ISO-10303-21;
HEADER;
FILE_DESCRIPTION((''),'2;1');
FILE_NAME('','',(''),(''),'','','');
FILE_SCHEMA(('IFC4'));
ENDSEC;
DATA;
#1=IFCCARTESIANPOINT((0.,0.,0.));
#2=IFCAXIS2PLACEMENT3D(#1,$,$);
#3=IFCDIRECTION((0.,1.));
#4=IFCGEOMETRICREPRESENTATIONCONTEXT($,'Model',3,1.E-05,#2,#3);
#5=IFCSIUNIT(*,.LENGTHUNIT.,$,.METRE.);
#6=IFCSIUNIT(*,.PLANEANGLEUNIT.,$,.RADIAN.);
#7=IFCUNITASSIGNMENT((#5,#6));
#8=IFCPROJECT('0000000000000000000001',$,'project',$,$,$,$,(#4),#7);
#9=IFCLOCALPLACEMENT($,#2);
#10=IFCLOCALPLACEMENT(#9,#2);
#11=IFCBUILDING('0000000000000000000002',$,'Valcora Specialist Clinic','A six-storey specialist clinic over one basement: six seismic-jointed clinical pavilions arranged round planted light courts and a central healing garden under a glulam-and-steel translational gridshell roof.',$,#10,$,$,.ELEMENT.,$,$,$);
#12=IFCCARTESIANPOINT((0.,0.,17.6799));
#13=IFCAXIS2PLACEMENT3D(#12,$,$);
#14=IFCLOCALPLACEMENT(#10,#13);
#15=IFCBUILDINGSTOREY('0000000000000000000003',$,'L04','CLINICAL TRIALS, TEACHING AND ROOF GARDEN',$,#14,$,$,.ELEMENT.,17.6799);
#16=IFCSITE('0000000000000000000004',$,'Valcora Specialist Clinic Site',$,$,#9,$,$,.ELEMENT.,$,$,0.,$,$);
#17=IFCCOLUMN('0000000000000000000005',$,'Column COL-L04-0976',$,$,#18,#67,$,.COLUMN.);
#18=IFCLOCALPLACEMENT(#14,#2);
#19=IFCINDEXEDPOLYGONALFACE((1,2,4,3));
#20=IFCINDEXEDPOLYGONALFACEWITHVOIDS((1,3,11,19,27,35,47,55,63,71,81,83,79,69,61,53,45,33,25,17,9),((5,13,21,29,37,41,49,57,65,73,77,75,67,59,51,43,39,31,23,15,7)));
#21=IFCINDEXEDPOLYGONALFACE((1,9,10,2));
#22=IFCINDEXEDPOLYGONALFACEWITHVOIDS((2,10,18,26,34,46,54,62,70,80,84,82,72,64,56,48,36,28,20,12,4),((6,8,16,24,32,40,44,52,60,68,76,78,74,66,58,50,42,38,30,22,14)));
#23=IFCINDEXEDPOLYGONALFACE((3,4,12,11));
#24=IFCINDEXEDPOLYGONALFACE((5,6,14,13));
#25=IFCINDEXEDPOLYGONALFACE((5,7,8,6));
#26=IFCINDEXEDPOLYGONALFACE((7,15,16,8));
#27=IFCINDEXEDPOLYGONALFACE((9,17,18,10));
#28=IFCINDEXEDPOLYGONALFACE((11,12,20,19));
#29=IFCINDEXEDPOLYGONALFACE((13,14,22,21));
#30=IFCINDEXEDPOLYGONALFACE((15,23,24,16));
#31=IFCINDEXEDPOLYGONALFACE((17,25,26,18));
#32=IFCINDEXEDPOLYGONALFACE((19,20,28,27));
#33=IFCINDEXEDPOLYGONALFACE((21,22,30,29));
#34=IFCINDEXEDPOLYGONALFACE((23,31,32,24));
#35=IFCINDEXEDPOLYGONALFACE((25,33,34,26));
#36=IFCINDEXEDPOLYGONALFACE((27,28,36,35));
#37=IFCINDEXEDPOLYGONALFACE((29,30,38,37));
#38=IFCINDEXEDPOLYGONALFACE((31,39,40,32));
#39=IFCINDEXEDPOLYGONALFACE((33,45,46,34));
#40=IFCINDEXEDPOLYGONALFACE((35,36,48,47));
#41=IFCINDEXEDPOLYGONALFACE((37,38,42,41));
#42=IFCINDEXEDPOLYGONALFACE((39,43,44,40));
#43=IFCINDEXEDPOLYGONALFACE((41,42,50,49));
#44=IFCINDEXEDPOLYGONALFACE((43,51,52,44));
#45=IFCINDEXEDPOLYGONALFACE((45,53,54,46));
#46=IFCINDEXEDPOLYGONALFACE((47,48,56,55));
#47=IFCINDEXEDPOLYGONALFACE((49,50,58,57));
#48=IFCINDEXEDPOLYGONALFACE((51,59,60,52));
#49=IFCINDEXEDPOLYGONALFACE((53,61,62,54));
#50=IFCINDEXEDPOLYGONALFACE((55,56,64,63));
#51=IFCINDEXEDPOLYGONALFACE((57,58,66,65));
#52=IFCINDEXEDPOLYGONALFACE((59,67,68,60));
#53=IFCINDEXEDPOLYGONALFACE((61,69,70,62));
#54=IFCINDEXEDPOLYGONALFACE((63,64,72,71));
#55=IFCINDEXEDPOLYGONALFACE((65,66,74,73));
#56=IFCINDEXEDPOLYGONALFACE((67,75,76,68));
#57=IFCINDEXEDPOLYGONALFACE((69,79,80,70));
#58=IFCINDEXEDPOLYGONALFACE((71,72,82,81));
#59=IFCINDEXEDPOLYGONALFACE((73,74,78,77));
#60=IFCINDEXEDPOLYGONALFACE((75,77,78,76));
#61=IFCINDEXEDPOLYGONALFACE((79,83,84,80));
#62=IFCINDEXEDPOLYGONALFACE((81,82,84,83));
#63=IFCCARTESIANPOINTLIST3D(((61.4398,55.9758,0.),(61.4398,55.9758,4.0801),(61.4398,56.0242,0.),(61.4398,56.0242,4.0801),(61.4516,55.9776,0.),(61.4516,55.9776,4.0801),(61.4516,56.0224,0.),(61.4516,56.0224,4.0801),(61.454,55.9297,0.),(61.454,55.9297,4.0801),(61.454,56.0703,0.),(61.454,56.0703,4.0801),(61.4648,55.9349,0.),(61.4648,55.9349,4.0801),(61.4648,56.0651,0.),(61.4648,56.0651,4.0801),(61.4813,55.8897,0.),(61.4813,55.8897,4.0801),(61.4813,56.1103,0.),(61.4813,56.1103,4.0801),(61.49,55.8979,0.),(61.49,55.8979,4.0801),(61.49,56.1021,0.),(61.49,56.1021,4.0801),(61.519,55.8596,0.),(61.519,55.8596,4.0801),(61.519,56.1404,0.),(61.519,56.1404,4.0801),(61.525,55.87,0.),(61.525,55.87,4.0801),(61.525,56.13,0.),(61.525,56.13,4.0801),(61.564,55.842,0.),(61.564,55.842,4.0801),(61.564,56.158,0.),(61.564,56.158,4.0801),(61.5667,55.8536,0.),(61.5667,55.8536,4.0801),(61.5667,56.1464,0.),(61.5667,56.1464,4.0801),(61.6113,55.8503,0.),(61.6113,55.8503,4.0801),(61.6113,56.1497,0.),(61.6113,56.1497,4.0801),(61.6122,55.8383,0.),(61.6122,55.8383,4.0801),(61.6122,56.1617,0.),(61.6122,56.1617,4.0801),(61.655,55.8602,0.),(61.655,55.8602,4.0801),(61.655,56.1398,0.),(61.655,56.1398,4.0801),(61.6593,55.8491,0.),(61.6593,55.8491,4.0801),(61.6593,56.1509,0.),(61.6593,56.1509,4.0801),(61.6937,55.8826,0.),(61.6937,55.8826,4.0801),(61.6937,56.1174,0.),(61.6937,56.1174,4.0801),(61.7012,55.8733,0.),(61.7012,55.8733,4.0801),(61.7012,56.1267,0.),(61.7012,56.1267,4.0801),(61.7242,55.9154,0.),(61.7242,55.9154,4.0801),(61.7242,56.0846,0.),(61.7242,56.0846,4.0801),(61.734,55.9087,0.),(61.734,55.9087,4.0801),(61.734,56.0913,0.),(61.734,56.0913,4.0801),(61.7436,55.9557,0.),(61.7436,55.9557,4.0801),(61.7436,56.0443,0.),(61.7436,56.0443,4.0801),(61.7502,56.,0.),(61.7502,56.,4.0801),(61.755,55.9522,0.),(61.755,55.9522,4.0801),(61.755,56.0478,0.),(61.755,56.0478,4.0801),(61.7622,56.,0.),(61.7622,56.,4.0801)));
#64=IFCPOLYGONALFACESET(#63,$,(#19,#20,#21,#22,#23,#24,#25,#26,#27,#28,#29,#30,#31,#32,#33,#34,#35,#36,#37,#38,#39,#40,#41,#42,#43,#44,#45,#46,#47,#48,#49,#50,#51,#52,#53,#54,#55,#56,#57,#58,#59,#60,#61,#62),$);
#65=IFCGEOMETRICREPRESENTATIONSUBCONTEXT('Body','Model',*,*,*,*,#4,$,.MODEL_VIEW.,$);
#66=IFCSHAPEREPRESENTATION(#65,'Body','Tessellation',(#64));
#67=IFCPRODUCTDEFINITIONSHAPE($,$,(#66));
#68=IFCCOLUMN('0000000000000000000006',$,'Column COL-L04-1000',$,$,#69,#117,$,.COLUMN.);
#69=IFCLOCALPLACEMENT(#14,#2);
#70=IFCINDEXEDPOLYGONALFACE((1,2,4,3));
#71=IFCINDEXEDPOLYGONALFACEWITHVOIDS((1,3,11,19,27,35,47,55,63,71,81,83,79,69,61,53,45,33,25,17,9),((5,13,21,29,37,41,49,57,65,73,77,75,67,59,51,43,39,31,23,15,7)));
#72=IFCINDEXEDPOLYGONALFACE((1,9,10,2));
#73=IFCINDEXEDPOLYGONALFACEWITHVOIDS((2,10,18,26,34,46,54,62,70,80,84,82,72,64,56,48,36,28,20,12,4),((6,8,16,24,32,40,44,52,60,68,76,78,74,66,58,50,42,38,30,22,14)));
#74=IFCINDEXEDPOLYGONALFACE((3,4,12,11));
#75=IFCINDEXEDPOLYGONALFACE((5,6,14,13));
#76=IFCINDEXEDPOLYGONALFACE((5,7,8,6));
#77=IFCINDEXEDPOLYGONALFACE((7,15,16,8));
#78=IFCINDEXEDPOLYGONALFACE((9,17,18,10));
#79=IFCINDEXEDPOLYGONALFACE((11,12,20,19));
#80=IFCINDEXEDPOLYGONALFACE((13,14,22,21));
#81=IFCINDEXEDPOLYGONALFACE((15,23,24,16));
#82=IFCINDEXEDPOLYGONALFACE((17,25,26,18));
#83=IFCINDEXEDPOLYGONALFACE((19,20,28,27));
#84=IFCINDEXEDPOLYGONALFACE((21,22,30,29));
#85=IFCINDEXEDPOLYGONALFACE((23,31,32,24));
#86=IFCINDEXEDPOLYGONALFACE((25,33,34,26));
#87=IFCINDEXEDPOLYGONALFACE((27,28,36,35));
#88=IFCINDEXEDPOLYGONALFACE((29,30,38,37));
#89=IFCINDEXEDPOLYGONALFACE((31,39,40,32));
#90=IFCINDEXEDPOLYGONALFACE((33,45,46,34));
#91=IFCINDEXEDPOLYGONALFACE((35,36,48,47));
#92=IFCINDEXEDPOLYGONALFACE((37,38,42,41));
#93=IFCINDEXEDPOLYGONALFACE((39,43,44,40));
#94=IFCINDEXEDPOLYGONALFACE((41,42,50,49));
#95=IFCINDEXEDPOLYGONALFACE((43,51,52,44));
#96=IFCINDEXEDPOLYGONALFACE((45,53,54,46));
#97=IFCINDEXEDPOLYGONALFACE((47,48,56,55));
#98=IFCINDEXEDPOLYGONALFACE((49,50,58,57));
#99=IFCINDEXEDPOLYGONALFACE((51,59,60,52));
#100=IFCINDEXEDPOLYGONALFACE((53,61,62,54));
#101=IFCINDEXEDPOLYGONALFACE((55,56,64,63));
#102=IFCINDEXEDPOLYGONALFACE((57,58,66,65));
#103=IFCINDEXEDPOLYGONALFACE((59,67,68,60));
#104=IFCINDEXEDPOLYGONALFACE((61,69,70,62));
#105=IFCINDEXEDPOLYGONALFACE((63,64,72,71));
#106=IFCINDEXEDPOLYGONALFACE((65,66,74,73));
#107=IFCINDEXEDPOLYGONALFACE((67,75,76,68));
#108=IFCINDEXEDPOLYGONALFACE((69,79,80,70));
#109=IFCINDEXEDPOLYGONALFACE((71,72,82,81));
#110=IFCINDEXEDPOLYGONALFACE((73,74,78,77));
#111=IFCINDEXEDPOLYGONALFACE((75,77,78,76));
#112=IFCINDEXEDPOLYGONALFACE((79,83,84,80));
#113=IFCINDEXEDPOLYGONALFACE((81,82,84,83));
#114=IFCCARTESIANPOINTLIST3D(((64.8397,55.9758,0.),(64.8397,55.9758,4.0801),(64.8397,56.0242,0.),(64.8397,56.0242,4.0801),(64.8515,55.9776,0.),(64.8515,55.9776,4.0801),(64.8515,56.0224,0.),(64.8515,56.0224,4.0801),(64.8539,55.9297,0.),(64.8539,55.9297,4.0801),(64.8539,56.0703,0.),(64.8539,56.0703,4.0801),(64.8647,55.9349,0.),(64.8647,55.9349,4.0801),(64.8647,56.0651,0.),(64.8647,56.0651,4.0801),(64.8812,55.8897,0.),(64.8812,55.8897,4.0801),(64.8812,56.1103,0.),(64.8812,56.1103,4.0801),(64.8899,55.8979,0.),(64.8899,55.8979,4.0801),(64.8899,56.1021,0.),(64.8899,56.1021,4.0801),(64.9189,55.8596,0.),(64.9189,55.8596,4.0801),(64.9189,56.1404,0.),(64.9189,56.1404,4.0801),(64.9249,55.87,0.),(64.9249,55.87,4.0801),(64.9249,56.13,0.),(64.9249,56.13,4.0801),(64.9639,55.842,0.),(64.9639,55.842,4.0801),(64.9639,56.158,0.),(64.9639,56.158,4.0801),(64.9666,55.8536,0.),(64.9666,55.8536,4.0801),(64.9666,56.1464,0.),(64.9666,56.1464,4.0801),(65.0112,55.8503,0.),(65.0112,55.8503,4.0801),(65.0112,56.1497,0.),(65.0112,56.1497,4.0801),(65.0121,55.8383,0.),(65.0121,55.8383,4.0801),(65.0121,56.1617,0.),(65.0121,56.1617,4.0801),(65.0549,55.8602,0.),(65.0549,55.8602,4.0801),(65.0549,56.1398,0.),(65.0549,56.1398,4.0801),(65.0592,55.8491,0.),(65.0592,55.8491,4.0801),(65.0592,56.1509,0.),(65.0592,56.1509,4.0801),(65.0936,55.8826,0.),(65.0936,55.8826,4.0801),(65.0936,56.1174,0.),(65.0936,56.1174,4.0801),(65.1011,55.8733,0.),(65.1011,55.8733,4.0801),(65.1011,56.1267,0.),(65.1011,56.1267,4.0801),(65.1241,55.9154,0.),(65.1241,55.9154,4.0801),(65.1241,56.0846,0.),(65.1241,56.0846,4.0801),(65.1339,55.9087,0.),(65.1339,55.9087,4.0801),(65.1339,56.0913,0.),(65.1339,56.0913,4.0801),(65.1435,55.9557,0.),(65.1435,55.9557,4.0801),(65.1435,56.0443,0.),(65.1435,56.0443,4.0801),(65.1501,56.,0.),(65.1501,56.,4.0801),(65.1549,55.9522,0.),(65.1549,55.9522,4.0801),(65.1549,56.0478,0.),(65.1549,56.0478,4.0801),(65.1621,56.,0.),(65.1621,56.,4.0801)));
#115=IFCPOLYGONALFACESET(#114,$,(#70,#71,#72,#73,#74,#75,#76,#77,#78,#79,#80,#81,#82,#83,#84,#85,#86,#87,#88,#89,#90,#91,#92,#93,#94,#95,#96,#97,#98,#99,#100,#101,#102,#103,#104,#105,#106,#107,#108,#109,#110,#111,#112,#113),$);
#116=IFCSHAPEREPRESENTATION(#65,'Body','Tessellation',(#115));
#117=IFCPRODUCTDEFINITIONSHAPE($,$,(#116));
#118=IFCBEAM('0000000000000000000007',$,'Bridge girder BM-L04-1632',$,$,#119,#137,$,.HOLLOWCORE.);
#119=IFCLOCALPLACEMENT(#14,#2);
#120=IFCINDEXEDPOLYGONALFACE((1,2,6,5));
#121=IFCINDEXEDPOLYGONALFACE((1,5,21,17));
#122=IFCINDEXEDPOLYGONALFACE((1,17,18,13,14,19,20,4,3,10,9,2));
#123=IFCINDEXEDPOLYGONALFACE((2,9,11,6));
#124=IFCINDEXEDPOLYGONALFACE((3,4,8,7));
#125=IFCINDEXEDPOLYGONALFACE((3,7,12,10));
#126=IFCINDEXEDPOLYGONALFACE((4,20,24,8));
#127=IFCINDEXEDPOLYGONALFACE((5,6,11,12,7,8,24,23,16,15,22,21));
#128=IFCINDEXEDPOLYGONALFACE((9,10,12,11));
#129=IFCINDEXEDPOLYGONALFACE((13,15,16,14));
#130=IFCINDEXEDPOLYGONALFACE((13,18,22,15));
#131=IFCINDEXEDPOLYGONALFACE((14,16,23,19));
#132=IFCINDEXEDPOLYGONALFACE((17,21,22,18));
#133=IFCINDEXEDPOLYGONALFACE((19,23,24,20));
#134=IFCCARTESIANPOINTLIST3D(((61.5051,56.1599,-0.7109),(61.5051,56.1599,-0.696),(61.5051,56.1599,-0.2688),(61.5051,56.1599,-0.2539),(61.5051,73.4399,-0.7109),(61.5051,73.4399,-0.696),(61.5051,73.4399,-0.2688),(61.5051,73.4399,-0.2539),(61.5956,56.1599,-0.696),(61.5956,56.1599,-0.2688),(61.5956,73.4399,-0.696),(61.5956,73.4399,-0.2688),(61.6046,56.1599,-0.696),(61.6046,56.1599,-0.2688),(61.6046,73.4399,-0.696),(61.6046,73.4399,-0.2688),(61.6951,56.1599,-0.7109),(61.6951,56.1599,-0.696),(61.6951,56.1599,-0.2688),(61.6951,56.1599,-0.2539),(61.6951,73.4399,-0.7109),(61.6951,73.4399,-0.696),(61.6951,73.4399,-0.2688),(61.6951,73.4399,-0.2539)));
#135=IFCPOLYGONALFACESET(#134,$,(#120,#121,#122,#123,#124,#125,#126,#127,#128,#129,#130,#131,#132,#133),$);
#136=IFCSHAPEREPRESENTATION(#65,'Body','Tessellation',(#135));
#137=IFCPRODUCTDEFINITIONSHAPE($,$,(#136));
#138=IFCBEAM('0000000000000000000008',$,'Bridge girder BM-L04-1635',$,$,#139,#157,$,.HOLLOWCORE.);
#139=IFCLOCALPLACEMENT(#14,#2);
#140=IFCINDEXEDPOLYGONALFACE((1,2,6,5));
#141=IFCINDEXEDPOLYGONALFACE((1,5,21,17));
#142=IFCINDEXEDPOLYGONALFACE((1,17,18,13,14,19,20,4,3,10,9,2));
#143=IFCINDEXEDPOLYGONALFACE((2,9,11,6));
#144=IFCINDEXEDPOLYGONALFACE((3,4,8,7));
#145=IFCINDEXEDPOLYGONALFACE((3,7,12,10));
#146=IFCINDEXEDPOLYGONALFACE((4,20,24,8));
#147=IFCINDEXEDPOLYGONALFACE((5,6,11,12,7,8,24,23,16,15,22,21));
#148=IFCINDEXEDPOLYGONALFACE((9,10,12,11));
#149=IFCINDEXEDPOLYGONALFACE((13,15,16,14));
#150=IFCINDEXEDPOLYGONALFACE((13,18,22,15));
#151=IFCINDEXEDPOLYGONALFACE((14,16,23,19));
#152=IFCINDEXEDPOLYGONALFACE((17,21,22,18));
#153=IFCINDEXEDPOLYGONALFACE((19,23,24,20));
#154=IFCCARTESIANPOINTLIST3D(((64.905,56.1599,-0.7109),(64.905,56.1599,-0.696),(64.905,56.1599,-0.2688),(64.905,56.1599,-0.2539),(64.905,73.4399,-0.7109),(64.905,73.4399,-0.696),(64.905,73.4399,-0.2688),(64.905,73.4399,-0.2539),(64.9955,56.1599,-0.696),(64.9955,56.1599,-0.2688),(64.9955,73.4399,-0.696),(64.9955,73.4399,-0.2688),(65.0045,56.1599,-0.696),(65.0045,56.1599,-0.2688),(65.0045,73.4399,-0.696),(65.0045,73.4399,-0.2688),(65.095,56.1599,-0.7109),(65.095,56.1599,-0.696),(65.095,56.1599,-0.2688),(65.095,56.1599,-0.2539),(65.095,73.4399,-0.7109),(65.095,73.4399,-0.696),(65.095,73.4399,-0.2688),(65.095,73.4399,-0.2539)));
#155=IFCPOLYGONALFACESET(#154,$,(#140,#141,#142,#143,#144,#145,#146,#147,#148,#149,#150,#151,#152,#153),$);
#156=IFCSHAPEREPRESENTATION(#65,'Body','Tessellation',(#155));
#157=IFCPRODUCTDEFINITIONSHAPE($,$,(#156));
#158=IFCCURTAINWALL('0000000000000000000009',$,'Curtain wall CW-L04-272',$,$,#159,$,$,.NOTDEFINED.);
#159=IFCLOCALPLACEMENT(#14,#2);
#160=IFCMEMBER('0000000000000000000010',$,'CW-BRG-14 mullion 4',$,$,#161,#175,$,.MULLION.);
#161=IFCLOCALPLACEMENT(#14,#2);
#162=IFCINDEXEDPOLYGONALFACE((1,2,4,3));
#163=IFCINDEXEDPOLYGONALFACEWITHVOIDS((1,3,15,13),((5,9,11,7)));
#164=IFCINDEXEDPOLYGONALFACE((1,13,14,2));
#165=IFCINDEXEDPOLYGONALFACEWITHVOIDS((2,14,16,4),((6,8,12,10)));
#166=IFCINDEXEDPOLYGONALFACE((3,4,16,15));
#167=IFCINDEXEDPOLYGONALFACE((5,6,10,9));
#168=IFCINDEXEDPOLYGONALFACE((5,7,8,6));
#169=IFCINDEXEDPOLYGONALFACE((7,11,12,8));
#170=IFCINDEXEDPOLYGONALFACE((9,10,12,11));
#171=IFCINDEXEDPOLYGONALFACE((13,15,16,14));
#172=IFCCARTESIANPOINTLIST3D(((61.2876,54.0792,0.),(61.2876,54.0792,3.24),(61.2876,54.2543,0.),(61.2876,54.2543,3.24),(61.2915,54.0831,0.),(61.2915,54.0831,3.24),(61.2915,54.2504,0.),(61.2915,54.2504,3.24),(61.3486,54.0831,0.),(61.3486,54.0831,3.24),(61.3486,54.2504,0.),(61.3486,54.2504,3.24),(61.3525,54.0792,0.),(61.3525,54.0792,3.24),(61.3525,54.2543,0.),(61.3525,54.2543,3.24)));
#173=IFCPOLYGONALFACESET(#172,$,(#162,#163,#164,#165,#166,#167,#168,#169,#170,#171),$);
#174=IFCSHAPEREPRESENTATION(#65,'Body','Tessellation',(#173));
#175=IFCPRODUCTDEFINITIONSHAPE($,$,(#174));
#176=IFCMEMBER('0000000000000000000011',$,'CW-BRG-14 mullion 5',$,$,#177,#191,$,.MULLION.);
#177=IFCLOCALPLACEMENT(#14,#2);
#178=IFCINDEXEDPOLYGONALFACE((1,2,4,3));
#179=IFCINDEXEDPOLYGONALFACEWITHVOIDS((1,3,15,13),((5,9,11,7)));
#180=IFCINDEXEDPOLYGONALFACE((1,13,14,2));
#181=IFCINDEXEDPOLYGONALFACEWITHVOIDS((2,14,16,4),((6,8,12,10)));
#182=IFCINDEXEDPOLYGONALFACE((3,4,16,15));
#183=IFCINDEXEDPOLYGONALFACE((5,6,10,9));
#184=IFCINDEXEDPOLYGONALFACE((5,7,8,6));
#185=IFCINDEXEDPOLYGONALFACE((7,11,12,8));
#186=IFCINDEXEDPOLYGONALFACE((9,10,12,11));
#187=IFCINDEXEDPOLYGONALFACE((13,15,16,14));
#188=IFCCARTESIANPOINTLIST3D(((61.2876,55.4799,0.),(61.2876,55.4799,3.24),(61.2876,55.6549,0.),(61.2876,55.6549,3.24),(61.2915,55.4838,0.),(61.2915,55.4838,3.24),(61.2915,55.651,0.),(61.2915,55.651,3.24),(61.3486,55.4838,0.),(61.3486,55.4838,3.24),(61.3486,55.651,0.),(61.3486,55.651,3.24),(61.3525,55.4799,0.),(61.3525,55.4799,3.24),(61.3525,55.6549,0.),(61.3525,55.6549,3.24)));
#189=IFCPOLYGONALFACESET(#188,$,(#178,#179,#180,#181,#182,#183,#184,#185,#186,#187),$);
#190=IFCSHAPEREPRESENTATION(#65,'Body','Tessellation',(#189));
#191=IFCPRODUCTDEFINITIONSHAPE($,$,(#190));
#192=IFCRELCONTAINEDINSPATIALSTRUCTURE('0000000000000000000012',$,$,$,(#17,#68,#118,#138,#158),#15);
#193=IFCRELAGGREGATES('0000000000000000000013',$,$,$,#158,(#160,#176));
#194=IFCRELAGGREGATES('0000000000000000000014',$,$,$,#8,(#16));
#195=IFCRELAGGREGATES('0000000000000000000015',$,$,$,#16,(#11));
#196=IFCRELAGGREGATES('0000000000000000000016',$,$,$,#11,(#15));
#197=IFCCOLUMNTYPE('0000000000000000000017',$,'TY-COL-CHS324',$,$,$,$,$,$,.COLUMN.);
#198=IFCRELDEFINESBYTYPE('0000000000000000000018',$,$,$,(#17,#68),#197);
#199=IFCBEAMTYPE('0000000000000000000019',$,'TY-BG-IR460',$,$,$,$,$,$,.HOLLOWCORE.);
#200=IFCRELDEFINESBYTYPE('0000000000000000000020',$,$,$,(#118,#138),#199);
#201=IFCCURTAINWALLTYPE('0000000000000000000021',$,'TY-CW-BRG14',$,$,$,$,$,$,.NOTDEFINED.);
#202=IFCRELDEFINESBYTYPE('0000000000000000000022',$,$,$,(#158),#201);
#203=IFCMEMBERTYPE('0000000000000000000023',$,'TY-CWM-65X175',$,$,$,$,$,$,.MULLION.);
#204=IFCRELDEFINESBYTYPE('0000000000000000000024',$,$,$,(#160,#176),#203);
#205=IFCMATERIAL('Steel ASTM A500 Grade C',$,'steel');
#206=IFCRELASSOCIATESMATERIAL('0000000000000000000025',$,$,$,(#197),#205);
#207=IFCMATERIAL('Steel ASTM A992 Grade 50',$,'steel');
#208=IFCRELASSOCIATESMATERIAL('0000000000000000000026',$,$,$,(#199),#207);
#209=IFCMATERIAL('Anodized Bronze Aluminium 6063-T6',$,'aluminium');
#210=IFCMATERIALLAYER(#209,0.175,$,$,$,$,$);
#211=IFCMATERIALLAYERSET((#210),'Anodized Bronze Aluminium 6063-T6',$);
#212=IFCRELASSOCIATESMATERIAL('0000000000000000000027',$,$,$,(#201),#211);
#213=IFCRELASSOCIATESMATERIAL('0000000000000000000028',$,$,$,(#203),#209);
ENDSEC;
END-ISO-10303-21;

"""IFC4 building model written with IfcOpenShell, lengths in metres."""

from ifc_helpers import new_model, si_unit, direction, frame, origin, origin_2d, place, context, subcontext, project, spatial, hollow_rectangle, hollow_circle, i_section, extrude, material, layer, layer_set, material_profile, profile_set, type_object, element, aggregate, save


model = new_model("IFC4")

# Units and contexts
model_context = context("Model", 3, precision=1e-05, world=origin(), true_north=direction((0.0, 1.0)))
body_context = subcontext(model_context, "Body", "Model", "MODEL_VIEW")
ifc_project = project(units=[si_unit("LENGTHUNIT", "METRE"), si_unit("PLANEANGLEUNIT", "RADIAN")], contexts=[model_context])

# Site, building, storey
site_placement = place(None, origin())
site = spatial("IfcSite", under=ifc_project, at=site_placement, Name="Valcora Specialist Clinic Site", CompositionType="ELEMENT", RefElevation=0.0)
building_placement = place(site_placement, origin())
building = spatial("IfcBuilding", under=site, at=building_placement, Name="Valcora Specialist Clinic", Description="A six-storey specialist clinic over one basement: six seismic-jointed clinical pavilions arranged round planted light courts and a central healing garden under a glulam-and-steel translational gridshell roof.", CompositionType="ELEMENT")
storey_placement = place(building_placement, frame((0.0, 0.0, 17.6799)))
storey = spatial("IfcBuildingStorey", under=building, at=storey_placement, Name="L04", Description="CLINICAL TRIALS, TEACHING AND ROOF GARDEN", CompositionType="ELEMENT", Elevation=17.6799)

# Columns
ifc_material_1 = material(Name="Steel ASTM A500 Grade C", Category="steel")
ifc_material_profile_1 = material_profile(ifc_material_1, hollow_circle(Radius=0.1621, WallThickness=0.012, at=origin_2d()), Name="ST-CHS-324X12")
ifc_profile_set_1 = profile_set([ifc_material_profile_1], Name="Steel ASTM A500 Grade C")
column_type = type_object("IfcColumnType", Name="TY-COL-CHS324", PredefinedType="COLUMN", material=ifc_profile_set_1)
for number, where, z_axis, x_axis, name in (
    (1, (61.6001, 56.0, 0.0), (0.0, 0.0, 1.0), (1.0, 0.0, 0.0), "Column COL-L04-0976"),
    (2, (65.0, 56.0, 0.0), (0.0, 0.0, 1.0), (1.0, 0.0, 0.0), "Column COL-L04-1000"),
):
    element("IfcColumn", number, at=place(storey_placement, frame(where, z_axis=z_axis, x_axis=x_axis)), inside=storey, type_object=column_type, Name=name, PredefinedType="COLUMN", context=body_context, shape_type="SweptSolid", body=[
        extrude(hollow_circle(Radius=0.1621, WallThickness=0.012, at=origin_2d()), origin(), (0.0, 0.0, 1.0), 4.0801),
    ])

# Beams
ifc_material_2 = material(Name="Steel ASTM A992 Grade 50", Category="steel")
ifc_material_profile_2 = material_profile(ifc_material_2, i_section(OverallWidth=0.1899, OverallDepth=0.457, WebThickness=0.009, FlangeThickness=0.0149, at=origin_2d()), Name="ST-IR-460X190")
ifc_profile_set_2 = profile_set([ifc_material_profile_2], Name="Steel ASTM A992 Grade 50")
beam_type = type_object("IfcBeamType", Name="TY-BG-IR460", PredefinedType="HOLLOWCORE", material=ifc_profile_set_2)
for number, where, z_axis, x_axis, name in (
    (3, (61.6001, 56.1599, -0.4824), (0.0, 1.0, 0.0), (-1.0, 0.0, 0.0), "Bridge girder BM-L04-1632"),
    (4, (65.0, 56.1599, -0.4824), (0.0, 1.0, 0.0), (-1.0, 0.0, 0.0), "Bridge girder BM-L04-1635"),
):
    element("IfcBeam", number, at=place(storey_placement, frame(where, z_axis=z_axis, x_axis=x_axis)), inside=storey, type_object=beam_type, Name=name, PredefinedType="HOLLOWCORE", context=body_context, shape_type="SweptSolid", body=[
        extrude(i_section(OverallWidth=0.1899, OverallDepth=0.457, WebThickness=0.009, FlangeThickness=0.0149, at=origin_2d()), origin(), (0.0, 0.0, 1.0), 17.28),
    ])

# Curtain wall, members
ifc_material_3 = material(Name="Anodized Bronze Aluminium 6063-T6", Category="aluminium")
ifc_layer_1 = layer(ifc_material_3, 0.175)
ifc_layer_set_1 = layer_set([ifc_layer_1], Name="Anodized Bronze Aluminium 6063-T6")
curtain_wall_type = type_object("IfcCurtainWallType", Name="TY-CW-BRG14", PredefinedType="NOTDEFINED", material=ifc_layer_set_1)
curtain_wall_1_placement = place(storey_placement, origin())
curtain_wall_1 = element("IfcCurtainWall", 5, at=curtain_wall_1_placement, inside=storey, type_object=curtain_wall_type, Name="Curtain wall CW-L04-272", PredefinedType="NOTDEFINED")
ifc_material_profile_3 = material_profile(ifc_material_3, hollow_rectangle(XDim=0.0649, YDim=0.175, WallThickness=0.0039, at=origin_2d()), Name="AL-MUL-65X175")
ifc_profile_set_3 = profile_set([ifc_material_profile_3], Name="Anodized Bronze Aluminium 6063-T6")
member_type_1 = type_object("IfcMemberType", Name="TY-CWM-65X175", PredefinedType="MULLION", material=ifc_profile_set_3)
member_1_placement = place(storey_placement, frame((61.3201, 54.1667, 0.0), z_axis=(0.0, 0.0, 1.0), x_axis=(-1.0, 0.0, 0.0)))
member_1 = element("IfcMember", 6, at=member_1_placement, type_object=member_type_1, Name="CW-BRG-14 mullion 4", PredefinedType="MULLION", context=body_context, shape_type="SweptSolid", body=[
    extrude(hollow_rectangle(XDim=0.0649, YDim=0.175, WallThickness=0.0039, at=origin_2d()), origin(), (0.0, 0.0, 1.0), 3.24),
])
member_2_placement = place(storey_placement, frame((61.3201, 55.5674, 0.0), z_axis=(0.0, 0.0, 1.0), x_axis=(-1.0, 0.0, 0.0)))
member_2 = element("IfcMember", 7, at=member_2_placement, type_object=member_type_1, Name="CW-BRG-14 mullion 5", PredefinedType="MULLION", context=body_context, shape_type="SweptSolid", body=[
    extrude(hollow_rectangle(XDim=0.0649, YDim=0.175, WallThickness=0.0039, at=origin_2d()), origin(), (0.0, 0.0, 1.0), 3.24),
])

aggregate(curtain_wall_1, [member_1, member_2])

save(model, "model.ifc")
